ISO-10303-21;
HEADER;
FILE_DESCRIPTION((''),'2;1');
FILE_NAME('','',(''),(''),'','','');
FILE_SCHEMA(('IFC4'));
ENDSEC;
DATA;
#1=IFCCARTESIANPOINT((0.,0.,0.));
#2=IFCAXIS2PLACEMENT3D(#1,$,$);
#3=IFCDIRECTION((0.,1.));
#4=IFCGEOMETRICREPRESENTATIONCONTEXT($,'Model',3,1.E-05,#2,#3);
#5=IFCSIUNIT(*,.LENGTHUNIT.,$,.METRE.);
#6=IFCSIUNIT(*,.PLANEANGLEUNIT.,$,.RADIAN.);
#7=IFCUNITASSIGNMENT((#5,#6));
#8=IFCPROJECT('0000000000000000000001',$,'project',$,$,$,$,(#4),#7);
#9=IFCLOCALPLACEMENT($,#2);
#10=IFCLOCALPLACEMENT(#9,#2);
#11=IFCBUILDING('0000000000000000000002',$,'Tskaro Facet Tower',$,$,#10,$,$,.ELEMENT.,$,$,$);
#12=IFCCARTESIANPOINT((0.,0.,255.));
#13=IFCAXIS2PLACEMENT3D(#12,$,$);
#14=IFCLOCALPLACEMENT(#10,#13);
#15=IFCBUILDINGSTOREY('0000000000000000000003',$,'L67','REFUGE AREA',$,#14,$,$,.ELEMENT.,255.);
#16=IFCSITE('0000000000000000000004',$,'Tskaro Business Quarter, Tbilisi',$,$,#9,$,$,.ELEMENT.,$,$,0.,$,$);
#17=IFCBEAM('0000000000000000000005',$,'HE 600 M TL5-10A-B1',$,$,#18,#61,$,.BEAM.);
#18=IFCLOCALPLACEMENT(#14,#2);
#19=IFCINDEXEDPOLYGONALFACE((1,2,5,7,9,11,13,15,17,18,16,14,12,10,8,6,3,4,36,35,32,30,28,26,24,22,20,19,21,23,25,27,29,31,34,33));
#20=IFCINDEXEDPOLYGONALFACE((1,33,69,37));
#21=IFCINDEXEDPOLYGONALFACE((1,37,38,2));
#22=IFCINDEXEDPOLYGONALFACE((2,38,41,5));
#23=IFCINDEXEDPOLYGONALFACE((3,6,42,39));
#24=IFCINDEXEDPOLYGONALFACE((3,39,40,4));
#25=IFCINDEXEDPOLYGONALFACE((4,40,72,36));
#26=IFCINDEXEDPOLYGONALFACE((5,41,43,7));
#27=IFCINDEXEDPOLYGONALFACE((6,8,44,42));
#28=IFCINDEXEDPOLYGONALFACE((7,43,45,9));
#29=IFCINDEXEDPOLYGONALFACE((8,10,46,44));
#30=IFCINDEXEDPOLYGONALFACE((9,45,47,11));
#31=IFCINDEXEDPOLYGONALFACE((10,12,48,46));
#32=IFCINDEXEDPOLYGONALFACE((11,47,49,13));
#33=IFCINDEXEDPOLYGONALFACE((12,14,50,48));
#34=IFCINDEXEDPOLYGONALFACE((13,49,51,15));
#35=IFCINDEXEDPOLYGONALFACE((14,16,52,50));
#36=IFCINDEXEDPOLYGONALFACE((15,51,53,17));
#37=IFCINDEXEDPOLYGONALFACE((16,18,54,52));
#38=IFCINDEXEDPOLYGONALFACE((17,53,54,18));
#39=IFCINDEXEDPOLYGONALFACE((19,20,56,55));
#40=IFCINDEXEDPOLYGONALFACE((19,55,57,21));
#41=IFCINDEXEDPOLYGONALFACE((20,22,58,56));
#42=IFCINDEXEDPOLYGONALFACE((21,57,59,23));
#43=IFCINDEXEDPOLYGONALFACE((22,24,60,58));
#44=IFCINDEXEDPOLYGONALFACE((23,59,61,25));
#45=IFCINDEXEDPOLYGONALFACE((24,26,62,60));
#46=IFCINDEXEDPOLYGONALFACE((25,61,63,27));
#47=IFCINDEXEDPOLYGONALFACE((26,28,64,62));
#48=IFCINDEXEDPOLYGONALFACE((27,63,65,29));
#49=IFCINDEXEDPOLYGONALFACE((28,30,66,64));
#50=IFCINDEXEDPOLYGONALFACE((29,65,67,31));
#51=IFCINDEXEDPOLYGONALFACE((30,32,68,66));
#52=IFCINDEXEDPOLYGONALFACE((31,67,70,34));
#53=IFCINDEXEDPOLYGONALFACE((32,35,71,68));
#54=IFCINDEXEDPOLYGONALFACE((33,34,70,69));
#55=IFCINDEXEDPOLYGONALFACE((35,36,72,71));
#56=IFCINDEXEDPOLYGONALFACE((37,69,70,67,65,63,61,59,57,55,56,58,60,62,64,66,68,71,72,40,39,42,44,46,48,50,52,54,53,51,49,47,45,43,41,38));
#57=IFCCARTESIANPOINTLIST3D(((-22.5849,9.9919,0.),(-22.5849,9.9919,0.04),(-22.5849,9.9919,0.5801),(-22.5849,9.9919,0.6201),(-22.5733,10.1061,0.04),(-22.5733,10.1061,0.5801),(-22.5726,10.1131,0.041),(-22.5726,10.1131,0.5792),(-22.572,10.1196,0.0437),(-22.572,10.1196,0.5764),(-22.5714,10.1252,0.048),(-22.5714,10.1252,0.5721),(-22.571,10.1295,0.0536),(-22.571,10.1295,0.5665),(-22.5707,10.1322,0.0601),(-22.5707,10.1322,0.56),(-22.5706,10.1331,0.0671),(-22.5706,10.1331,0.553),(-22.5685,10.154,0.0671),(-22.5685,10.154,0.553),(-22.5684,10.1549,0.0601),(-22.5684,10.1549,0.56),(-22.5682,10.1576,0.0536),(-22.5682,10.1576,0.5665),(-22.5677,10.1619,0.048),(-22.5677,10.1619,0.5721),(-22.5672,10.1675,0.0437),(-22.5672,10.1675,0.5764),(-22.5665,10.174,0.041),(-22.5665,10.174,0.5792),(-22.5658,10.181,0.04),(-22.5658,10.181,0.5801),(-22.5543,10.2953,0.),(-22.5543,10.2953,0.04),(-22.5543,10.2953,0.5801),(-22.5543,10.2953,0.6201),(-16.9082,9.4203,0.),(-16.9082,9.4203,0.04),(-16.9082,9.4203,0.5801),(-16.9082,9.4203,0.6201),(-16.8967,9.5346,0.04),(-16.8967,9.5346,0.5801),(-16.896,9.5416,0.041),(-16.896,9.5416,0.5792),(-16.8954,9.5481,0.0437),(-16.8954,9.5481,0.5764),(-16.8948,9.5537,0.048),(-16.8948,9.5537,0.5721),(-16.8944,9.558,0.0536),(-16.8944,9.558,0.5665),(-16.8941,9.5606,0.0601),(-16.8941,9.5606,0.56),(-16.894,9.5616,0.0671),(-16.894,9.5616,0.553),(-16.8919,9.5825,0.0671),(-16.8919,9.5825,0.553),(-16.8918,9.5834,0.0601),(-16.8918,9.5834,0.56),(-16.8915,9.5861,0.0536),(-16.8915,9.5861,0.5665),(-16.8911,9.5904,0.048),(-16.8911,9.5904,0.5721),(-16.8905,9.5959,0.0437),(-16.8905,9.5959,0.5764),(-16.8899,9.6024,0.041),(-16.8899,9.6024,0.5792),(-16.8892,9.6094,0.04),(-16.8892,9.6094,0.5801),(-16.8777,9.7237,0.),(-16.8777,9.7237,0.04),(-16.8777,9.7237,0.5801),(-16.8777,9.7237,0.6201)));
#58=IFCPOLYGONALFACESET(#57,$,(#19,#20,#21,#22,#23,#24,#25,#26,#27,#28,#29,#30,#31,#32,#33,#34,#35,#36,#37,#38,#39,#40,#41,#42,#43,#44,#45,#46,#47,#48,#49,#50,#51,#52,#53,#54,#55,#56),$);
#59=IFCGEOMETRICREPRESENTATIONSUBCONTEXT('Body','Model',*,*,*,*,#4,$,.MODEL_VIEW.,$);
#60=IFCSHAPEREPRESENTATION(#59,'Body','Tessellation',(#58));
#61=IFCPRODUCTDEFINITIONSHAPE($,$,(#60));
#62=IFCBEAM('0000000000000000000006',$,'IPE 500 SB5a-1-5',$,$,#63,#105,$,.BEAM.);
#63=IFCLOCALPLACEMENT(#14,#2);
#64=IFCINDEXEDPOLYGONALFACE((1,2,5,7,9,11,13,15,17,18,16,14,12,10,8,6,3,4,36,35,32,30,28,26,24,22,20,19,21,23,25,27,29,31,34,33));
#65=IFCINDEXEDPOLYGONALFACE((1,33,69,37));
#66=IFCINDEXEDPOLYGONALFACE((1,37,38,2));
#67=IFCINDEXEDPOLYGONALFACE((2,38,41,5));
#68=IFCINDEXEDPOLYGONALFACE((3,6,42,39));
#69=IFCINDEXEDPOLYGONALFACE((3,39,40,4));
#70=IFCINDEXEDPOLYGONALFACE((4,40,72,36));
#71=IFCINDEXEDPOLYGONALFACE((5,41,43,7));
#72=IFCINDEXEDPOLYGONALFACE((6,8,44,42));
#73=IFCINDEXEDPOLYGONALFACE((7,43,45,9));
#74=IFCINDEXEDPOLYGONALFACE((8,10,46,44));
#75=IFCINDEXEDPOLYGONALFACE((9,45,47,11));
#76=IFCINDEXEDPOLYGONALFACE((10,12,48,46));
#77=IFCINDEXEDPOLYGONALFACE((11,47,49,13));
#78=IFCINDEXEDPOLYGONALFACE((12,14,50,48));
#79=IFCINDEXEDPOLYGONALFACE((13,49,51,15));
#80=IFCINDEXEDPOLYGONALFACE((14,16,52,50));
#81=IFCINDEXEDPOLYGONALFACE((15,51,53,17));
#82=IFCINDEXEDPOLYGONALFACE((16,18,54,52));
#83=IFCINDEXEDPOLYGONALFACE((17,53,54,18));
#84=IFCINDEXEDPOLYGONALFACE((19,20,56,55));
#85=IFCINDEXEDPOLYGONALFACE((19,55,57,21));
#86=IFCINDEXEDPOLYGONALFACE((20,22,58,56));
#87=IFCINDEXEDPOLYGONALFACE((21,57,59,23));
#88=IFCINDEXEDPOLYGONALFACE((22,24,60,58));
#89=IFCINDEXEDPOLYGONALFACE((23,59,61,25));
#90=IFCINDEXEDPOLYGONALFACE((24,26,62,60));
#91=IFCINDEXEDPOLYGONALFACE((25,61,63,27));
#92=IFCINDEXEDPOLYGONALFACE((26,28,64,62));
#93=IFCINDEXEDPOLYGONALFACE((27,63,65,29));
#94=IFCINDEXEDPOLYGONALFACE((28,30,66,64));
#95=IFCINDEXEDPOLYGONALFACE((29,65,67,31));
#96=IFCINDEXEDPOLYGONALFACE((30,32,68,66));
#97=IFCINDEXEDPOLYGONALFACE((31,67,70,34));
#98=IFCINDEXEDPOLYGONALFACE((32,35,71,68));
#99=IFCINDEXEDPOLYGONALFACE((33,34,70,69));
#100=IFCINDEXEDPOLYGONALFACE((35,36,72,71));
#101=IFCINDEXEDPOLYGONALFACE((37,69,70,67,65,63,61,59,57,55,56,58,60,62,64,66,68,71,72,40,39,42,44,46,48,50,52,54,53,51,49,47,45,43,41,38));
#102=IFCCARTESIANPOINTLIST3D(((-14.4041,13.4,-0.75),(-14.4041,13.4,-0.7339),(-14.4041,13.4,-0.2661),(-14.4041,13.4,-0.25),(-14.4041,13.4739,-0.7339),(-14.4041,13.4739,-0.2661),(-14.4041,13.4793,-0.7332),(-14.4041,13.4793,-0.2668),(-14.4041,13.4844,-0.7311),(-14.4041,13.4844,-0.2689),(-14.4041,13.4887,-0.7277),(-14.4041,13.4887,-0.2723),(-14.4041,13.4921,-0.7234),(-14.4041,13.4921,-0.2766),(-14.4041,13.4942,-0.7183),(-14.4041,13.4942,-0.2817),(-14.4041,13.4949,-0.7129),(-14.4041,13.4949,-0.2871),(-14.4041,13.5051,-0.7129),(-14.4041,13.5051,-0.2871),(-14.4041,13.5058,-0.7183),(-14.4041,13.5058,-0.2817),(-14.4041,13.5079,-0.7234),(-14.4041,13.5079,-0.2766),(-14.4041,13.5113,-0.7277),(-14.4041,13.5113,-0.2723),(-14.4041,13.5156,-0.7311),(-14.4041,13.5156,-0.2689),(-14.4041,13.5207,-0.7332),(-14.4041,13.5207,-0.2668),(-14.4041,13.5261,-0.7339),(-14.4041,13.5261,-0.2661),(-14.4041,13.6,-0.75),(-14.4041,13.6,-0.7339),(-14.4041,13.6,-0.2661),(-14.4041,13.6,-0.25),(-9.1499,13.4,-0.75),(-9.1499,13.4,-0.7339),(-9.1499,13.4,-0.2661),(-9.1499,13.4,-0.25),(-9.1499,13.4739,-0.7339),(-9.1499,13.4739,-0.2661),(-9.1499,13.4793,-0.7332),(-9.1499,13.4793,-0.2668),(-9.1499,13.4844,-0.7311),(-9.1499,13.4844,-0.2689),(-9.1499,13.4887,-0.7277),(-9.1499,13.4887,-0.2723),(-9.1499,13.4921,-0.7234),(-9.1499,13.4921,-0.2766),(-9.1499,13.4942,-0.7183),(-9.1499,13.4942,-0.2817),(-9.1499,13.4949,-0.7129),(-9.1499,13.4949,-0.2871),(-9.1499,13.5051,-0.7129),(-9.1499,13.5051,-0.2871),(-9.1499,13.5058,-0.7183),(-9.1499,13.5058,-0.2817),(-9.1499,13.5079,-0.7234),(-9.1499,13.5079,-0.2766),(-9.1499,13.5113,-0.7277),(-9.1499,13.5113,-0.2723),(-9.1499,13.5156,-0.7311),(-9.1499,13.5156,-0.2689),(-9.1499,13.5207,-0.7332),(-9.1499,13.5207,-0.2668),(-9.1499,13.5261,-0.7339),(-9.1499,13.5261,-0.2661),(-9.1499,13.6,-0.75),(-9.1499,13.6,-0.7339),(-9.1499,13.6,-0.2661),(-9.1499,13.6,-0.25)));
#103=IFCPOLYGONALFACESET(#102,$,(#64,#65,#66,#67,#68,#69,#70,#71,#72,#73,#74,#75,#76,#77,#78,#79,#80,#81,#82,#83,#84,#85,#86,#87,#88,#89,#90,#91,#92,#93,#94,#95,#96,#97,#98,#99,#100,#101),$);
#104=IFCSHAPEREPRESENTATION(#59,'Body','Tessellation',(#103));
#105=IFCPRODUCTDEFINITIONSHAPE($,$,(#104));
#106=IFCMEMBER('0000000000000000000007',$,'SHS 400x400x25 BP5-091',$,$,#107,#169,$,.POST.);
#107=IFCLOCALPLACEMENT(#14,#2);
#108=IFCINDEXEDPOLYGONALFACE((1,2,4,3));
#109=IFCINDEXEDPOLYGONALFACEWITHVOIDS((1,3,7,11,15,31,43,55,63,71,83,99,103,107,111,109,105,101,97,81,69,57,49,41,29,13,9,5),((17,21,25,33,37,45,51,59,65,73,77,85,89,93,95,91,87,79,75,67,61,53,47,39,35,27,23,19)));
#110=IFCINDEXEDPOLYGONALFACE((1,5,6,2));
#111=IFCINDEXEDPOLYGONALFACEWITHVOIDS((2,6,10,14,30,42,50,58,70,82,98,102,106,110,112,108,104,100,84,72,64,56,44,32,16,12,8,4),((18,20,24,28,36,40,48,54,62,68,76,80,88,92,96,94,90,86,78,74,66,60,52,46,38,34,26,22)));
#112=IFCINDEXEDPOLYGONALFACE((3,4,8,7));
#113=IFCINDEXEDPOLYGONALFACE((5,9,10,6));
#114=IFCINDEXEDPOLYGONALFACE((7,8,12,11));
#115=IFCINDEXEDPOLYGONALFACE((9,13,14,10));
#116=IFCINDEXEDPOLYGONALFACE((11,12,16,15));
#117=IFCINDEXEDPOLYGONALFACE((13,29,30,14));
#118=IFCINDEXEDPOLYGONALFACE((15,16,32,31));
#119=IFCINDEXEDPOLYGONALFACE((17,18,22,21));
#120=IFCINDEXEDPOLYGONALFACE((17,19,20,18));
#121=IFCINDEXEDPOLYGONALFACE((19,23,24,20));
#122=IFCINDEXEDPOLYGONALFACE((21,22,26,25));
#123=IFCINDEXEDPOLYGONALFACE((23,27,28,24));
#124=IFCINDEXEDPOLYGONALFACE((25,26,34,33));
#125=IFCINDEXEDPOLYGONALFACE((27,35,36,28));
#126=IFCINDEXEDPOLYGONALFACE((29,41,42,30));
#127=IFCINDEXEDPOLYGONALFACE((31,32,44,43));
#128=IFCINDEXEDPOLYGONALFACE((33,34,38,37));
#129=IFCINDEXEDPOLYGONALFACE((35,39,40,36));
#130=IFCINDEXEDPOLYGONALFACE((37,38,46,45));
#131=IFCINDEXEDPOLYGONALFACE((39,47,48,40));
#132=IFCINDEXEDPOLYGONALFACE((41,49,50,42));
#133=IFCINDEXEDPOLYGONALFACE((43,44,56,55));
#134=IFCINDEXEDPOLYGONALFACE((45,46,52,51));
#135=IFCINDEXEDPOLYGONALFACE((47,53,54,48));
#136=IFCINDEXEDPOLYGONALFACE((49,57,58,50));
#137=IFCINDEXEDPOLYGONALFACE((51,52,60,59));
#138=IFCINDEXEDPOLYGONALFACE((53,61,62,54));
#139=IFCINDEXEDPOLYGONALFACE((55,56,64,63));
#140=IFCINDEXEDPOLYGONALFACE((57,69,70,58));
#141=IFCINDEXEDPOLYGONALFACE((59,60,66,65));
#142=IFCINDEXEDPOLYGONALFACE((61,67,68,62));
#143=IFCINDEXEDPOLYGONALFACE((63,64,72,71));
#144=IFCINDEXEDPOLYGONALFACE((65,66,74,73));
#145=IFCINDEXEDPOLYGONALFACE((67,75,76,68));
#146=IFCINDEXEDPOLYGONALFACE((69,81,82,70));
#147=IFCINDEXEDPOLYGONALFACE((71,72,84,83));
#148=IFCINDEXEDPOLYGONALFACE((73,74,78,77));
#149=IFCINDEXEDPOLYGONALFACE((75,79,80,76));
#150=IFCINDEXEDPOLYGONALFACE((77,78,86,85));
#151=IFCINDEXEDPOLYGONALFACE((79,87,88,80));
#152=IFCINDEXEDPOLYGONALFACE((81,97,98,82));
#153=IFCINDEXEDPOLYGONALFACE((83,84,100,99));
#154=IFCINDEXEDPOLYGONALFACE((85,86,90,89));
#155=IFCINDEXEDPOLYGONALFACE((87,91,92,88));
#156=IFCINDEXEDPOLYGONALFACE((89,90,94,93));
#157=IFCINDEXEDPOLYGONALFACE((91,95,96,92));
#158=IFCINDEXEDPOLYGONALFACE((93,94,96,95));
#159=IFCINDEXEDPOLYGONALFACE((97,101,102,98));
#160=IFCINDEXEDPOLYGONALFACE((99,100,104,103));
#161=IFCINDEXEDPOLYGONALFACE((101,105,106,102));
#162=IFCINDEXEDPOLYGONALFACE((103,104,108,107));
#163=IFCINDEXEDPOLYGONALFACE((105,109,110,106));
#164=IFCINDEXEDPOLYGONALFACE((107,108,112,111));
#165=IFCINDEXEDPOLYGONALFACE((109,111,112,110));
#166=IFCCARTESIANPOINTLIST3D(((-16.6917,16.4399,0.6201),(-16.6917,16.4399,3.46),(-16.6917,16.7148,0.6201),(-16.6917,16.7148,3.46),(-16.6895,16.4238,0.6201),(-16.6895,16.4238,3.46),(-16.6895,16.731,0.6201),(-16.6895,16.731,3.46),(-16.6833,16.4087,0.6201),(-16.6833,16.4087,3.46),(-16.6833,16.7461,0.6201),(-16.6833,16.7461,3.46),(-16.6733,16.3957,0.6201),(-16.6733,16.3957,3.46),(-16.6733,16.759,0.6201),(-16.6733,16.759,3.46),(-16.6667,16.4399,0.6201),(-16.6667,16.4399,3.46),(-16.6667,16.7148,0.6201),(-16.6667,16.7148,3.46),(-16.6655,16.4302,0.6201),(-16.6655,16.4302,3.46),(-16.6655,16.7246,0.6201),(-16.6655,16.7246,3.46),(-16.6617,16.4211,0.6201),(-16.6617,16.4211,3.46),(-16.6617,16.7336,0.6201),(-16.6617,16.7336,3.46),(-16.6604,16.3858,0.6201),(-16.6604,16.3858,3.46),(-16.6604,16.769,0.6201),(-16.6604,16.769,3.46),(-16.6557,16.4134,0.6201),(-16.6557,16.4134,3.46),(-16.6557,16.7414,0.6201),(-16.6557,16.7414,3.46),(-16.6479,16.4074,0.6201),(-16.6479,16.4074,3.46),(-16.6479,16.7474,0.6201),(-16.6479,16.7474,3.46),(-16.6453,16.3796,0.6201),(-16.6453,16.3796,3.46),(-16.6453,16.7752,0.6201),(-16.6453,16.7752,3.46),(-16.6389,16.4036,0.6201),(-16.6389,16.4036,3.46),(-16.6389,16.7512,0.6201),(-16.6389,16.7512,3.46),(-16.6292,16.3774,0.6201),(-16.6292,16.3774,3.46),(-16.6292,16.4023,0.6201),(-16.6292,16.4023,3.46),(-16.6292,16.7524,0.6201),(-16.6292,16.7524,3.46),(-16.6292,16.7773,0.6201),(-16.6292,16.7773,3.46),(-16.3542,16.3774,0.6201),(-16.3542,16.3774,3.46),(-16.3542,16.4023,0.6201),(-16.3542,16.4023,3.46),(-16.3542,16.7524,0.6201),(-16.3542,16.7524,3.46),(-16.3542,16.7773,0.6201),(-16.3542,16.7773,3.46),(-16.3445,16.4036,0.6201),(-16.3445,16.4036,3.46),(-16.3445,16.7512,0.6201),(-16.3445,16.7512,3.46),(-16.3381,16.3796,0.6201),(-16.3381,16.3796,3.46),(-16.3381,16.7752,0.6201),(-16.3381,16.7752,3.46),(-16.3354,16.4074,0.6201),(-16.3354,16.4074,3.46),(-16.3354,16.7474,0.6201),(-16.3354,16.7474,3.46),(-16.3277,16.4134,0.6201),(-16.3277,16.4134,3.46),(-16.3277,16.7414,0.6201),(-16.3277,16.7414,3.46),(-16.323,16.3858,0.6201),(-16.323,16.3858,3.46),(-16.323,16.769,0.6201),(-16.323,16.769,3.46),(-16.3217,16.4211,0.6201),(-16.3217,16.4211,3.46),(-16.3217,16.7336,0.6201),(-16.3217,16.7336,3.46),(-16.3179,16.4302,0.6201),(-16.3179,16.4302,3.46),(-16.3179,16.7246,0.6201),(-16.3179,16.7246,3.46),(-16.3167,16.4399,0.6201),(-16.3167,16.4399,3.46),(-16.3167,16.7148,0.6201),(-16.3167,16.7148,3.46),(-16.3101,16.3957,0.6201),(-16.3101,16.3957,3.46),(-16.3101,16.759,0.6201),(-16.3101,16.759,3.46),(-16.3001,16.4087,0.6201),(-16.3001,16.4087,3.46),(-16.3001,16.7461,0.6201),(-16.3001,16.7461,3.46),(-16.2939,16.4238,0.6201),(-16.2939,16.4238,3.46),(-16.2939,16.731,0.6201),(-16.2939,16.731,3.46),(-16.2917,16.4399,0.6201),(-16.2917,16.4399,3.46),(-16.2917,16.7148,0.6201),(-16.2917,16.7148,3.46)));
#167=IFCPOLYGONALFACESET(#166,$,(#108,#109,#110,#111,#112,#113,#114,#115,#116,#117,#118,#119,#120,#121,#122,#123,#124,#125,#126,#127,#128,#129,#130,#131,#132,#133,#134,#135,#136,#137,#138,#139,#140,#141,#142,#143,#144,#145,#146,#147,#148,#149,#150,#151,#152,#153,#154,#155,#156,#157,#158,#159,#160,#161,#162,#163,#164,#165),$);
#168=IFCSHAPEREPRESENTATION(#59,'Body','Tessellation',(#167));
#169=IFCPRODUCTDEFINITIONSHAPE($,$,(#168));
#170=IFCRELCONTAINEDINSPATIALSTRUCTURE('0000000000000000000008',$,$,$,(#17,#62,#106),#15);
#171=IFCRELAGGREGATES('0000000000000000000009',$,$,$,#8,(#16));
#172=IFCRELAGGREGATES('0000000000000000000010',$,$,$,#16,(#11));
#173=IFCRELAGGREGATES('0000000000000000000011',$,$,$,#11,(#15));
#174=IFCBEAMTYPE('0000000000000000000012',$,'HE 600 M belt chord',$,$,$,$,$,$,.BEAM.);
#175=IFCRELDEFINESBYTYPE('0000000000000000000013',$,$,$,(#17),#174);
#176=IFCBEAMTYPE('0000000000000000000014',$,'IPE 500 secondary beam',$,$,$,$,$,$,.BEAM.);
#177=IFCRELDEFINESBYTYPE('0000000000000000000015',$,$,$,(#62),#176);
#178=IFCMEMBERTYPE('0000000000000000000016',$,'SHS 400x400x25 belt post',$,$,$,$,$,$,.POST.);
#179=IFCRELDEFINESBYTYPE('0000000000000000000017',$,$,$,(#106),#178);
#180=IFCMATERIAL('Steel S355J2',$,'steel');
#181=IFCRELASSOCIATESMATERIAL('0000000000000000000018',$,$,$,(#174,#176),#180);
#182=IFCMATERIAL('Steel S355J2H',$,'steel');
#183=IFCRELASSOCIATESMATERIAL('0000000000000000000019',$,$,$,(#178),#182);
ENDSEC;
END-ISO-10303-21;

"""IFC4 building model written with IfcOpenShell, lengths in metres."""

from ifc_helpers import new_model, si_unit, direction, frame, origin, origin_2d, place, context, subcontext, project, spatial, hollow_rectangle, i_section, extrude, material, material_profile, profile_set, type_object, element, save


model = new_model("IFC4")

# Units and contexts
model_context = context("Model", 3, precision=1e-05, world=origin(), true_north=direction((0.0, 1.0)))
body_context = subcontext(model_context, "Body", "Model", "MODEL_VIEW")
ifc_project = project(units=[si_unit("LENGTHUNIT", "METRE"), si_unit("PLANEANGLEUNIT", "RADIAN")], contexts=[model_context])

# Site, building, storey
site_placement = place(None, origin())
site = spatial("IfcSite", under=ifc_project, at=site_placement, Name="Tskaro Business Quarter, Tbilisi", CompositionType="ELEMENT", RefElevation=0.0)
building_placement = place(site_placement, origin())
building = spatial("IfcBuilding", under=site, at=building_placement, Name="Tskaro Facet Tower", CompositionType="ELEMENT")
storey_placement = place(building_placement, frame((0.0, 0.0, 255.0)))
storey = spatial("IfcBuildingStorey", under=building, at=storey_placement, Name="L67", Description="REFUGE AREA", CompositionType="ELEMENT", Elevation=255.0)

# Shared definitions
ifc_material_1 = material(Name="Steel S355J2", Category="steel")
ifc_material_2 = material(Name="Steel S355J2H", Category="steel")

# Beams
ifc_material_profile_1 = material_profile(ifc_material_1, i_section(OverallWidth=0.3049, OverallDepth=0.6201, WebThickness=0.021, FlangeThickness=0.04, FilletRadius=0.0271, at=origin_2d()), Name="HE 600 M")
ifc_profile_set_1 = profile_set([ifc_material_profile_1], Name="Steel S355J2")
beam_type_1 = type_object("IfcBeamType", Name="HE 600 M belt chord", PredefinedType="BEAM", material=ifc_profile_set_1)
for number, where, z_axis, x_axis, name in (
    (1, (-22.5696, 10.1436, 0.3101), (0.99497, -0.100177, 0.0), (0.100177, 0.99497, 0.0), "HE 600 M TL5-10A-B1"),
):
    element("IfcBeam", number, at=place(storey_placement, frame(where, z_axis=z_axis, x_axis=x_axis)), inside=storey, type_object=beam_type_1, Name=name, PredefinedType="BEAM", context=body_context, shape_type="SweptSolid", body=[
        extrude(i_section(OverallWidth=0.3049, OverallDepth=0.6201, WebThickness=0.021, FlangeThickness=0.04, FilletRadius=0.0271, at=origin_2d()), origin(), (0.0, 0.0, 1.0), 5.7053),
    ])
ifc_material_profile_2 = material_profile(ifc_material_1, i_section(OverallWidth=0.2, OverallDepth=0.5, WebThickness=0.0103, FlangeThickness=0.0161, FilletRadius=0.021, at=origin_2d()), Name="IPE 500")
ifc_profile_set_2 = profile_set([ifc_material_profile_2], Name="Steel S355J2")
beam_type_2 = type_object("IfcBeamType", Name="IPE 500 secondary beam", PredefinedType="BEAM", material=ifc_profile_set_2)
beam_1_placement = place(storey_placement, frame((-14.4041, 13.5, -0.5), z_axis=(1.0, 0.0, 0.0), x_axis=(0.0, 1.0, 0.0)))
element("IfcBeam", 2, at=beam_1_placement, inside=storey, type_object=beam_type_2, Name="IPE 500 SB5a-1-5", PredefinedType="BEAM", context=body_context, shape_type="SweptSolid", body=[
    extrude(i_section(OverallWidth=0.2, OverallDepth=0.5, WebThickness=0.0103, FlangeThickness=0.0161, FilletRadius=0.021, at=origin_2d()), origin(), (0.0, 0.0, 1.0), 5.2542),
])

# Member
ifc_material_profile_3 = material_profile(ifc_material_2, hollow_rectangle(XDim=0.3999, YDim=0.3999, WallThickness=0.0249, InnerFilletRadius=0.0376, OuterFilletRadius=0.0625, at=origin_2d()), Name="SHS 400x400x25")
ifc_profile_set_3 = profile_set([ifc_material_profile_3], Name="Steel S355J2H")
member_type_1 = type_object("IfcMemberType", Name="SHS 400x400x25 belt post", PredefinedType="POST", material=ifc_profile_set_3)
for number, where, z_axis, x_axis, name in (
    (3, (-16.4917, 16.5774, 0.6201), (0.0, 0.0, 1.0), (1.0, 0.0, 0.0), "SHS 400x400x25 BP5-091"),
):
    element("IfcMember", number, at=place(storey_placement, frame(where, z_axis=z_axis, x_axis=x_axis)), inside=storey, type_object=member_type_1, Name=name, PredefinedType="POST", context=body_context, shape_type="SweptSolid", body=[
        extrude(hollow_rectangle(XDim=0.3999, YDim=0.3999, WallThickness=0.0249, InnerFilletRadius=0.0376, OuterFilletRadius=0.0625, at=origin_2d()), origin(), (0.0, 0.0, 1.0), 2.8398),
    ])

save(model, "model.ifc")
